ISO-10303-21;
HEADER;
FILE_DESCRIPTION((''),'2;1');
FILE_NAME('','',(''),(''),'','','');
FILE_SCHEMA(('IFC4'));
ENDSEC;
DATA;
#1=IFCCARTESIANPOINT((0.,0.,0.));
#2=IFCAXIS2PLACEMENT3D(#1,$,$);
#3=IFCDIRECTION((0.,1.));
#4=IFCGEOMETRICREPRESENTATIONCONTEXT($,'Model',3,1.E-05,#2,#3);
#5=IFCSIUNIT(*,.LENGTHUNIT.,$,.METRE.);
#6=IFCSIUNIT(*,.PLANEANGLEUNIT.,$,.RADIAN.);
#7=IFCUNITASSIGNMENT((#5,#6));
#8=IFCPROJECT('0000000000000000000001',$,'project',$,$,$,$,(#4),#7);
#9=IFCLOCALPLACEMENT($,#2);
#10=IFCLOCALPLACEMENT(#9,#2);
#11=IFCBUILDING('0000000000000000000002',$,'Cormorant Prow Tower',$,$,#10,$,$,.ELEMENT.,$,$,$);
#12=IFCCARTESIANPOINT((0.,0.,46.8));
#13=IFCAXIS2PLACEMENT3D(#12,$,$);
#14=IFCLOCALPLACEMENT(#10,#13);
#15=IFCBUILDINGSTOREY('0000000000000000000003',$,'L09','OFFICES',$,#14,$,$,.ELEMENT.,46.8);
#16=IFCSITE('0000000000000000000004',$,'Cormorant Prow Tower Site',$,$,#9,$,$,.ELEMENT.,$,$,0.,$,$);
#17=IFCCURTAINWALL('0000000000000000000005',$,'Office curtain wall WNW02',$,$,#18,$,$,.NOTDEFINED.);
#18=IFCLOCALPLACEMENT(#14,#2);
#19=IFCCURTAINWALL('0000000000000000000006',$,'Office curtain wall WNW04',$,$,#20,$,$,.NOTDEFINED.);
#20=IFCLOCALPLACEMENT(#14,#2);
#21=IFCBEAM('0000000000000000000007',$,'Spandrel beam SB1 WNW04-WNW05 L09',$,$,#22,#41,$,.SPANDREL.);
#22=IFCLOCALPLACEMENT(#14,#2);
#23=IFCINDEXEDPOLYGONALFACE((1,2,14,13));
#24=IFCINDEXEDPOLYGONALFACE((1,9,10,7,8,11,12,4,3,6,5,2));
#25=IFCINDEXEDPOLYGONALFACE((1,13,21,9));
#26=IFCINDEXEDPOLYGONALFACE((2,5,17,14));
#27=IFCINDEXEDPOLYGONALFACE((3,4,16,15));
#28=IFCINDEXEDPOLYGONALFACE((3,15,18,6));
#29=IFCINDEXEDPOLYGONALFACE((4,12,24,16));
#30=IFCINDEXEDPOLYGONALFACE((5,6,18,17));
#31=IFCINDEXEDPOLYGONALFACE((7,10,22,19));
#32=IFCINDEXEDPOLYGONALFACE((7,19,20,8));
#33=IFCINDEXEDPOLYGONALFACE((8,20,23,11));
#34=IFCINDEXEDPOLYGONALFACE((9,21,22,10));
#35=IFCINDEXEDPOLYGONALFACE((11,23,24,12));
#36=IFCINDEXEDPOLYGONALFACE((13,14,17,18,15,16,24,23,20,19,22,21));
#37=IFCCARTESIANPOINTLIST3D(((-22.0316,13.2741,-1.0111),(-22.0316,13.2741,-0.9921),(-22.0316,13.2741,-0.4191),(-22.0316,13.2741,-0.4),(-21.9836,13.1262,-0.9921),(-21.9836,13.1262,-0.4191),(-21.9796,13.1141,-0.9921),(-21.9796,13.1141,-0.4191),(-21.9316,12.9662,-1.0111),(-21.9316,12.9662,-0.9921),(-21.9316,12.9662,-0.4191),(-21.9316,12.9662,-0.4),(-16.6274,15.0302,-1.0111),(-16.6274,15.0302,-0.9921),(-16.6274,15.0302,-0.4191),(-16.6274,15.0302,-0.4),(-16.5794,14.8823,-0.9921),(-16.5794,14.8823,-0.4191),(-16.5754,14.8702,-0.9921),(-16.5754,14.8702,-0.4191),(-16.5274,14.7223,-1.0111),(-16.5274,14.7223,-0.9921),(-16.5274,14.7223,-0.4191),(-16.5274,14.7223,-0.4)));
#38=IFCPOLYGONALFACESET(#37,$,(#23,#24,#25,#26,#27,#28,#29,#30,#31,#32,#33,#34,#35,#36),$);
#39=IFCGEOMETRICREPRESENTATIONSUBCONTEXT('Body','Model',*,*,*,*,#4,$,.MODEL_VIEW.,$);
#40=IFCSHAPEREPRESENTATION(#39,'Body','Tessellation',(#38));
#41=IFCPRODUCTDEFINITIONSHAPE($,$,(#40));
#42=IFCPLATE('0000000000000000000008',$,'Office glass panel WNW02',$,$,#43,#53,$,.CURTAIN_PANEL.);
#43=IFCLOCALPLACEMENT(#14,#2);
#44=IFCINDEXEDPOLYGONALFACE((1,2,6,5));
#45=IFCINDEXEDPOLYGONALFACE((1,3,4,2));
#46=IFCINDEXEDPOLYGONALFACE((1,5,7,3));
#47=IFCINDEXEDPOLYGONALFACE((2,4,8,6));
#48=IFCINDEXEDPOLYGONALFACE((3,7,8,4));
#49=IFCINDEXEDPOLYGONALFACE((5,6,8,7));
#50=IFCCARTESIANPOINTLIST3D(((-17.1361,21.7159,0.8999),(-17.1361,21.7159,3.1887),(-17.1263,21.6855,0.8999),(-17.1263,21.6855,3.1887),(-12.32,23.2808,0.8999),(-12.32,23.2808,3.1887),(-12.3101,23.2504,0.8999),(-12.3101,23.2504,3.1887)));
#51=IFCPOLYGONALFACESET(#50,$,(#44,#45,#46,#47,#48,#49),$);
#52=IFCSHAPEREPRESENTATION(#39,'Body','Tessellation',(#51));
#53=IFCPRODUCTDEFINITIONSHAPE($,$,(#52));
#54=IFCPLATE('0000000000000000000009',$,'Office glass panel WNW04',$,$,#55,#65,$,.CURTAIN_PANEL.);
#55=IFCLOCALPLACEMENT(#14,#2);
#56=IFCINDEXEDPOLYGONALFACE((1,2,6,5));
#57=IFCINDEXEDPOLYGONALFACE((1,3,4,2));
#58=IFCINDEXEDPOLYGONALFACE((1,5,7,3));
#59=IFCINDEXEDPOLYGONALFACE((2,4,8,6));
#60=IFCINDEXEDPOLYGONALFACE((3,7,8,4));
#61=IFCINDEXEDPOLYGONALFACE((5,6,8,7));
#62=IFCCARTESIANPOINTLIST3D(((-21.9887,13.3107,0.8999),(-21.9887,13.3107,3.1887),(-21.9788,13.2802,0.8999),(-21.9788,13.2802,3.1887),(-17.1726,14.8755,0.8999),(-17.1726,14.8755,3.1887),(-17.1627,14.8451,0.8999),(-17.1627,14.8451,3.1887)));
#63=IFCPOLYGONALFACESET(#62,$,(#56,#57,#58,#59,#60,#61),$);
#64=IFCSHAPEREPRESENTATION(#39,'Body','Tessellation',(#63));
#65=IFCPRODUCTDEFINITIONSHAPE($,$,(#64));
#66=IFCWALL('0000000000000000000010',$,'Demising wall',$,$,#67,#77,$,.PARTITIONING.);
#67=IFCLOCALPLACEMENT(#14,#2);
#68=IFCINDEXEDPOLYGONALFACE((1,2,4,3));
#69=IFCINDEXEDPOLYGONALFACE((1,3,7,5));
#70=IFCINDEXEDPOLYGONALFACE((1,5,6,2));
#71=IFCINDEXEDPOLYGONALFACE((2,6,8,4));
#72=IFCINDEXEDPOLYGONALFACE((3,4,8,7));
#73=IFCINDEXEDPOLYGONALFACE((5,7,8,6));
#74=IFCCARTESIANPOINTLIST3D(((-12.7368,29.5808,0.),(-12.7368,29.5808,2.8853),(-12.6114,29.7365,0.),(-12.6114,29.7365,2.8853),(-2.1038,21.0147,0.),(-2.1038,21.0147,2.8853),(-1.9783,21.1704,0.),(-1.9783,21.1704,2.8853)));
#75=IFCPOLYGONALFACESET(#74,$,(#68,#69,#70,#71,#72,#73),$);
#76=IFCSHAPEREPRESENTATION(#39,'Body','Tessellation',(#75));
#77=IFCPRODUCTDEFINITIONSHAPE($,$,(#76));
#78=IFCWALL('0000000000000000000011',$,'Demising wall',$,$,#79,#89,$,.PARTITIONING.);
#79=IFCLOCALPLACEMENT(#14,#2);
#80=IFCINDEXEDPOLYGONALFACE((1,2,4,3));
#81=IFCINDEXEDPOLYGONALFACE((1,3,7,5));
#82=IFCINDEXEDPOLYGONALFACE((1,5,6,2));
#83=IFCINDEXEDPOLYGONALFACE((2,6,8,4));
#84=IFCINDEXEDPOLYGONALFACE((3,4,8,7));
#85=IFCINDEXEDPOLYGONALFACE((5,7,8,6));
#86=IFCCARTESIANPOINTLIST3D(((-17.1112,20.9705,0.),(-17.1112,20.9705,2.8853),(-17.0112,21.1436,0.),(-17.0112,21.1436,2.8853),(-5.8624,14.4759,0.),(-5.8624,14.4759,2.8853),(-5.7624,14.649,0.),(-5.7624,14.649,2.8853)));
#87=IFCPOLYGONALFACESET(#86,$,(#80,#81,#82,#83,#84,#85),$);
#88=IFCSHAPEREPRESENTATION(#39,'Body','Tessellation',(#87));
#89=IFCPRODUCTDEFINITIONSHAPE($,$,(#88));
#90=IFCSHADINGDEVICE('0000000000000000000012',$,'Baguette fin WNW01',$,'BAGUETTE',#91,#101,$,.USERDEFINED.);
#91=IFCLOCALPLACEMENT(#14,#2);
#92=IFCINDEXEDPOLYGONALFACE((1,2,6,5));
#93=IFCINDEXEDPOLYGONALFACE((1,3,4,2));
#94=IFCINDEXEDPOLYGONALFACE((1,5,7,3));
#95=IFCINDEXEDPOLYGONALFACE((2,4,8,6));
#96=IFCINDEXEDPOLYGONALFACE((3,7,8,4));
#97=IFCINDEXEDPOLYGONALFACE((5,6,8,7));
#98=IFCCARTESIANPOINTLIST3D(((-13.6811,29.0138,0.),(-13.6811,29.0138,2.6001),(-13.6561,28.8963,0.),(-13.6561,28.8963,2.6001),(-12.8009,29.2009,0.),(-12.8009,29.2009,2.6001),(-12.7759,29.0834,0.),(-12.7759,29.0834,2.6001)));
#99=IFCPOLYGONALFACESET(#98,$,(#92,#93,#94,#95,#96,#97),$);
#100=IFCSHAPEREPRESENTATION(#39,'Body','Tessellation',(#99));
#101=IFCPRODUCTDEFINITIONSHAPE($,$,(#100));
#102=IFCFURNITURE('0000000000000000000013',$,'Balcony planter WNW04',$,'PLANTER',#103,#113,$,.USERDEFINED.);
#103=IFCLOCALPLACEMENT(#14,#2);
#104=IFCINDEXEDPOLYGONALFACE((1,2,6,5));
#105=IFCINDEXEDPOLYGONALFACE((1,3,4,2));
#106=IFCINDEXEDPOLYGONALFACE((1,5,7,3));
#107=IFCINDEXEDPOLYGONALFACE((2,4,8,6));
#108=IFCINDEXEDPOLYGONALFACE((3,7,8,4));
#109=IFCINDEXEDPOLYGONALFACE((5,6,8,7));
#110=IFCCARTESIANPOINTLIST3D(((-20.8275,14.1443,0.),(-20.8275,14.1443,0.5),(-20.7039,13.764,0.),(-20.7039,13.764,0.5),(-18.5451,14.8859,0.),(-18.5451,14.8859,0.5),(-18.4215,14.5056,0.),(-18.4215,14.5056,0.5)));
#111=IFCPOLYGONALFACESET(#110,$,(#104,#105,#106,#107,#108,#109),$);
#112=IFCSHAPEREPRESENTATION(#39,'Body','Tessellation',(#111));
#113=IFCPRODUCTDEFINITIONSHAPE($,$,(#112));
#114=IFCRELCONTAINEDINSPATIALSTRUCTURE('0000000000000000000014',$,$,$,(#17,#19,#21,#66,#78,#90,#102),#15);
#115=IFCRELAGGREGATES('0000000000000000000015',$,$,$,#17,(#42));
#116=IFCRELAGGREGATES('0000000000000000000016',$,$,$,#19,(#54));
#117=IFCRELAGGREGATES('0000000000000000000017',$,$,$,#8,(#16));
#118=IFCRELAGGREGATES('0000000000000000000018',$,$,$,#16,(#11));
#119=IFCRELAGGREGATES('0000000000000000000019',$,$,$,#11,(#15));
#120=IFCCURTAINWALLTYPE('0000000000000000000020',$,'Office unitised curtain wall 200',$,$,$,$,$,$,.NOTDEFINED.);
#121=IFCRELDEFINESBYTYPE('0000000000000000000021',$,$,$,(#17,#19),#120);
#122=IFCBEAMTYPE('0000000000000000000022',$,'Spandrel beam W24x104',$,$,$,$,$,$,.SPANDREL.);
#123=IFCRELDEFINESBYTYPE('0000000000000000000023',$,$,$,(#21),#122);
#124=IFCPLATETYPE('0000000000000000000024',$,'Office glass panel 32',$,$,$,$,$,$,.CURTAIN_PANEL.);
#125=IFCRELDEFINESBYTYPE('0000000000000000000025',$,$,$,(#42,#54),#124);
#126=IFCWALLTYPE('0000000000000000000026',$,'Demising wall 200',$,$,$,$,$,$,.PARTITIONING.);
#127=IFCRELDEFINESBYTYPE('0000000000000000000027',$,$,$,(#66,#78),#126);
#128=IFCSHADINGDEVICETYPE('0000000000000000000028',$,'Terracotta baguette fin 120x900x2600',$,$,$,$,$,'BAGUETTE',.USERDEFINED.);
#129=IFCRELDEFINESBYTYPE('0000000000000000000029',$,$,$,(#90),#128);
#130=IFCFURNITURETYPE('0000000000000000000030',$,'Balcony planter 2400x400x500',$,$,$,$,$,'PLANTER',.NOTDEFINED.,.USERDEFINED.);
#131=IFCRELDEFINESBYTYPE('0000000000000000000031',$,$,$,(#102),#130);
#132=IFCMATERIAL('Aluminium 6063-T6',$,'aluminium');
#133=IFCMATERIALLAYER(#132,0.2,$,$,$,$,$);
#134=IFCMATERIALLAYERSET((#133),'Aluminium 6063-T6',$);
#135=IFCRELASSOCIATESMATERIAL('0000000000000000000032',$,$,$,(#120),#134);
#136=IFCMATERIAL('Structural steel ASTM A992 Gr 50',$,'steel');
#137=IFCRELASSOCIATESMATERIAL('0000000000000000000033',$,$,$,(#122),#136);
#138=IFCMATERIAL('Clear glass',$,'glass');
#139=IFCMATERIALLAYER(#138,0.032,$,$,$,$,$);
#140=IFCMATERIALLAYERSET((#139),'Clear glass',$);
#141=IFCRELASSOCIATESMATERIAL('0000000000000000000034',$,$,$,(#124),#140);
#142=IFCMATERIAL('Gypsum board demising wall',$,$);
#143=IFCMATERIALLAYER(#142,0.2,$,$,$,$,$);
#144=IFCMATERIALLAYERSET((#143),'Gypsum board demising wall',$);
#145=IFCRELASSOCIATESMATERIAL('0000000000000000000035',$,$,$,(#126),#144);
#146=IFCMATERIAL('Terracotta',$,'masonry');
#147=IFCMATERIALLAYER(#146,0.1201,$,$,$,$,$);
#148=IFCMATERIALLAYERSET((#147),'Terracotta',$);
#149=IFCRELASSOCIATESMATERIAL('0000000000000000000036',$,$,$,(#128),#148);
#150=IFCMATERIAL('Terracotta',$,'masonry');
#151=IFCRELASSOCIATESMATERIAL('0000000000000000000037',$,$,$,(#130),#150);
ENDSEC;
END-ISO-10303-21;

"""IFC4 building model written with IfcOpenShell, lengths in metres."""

from ifc_helpers import new_model, si_unit, direction, frame, frame_2d, origin, origin_2d, place, context, subcontext, project, spatial, rectangle, i_section, extrude, material, layer, layer_set, material_profile, profile_set, type_object, element, aggregate, save


model = new_model("IFC4")

# Units and contexts
model_context = context("Model", 3, precision=1e-05, world=origin(), true_north=direction((0.0, 1.0)))
body_context = subcontext(model_context, "Body", "Model", "MODEL_VIEW")
ifc_project = project(units=[si_unit("LENGTHUNIT", "METRE"), si_unit("PLANEANGLEUNIT", "RADIAN")], contexts=[model_context])

# Site, building, storey
site_placement = place(None, origin())
site = spatial("IfcSite", under=ifc_project, at=site_placement, Name="Cormorant Prow Tower Site", CompositionType="ELEMENT", RefElevation=0.0)
building_placement = place(site_placement, origin())
building = spatial("IfcBuilding", under=site, at=building_placement, Name="Cormorant Prow Tower", CompositionType="ELEMENT")
storey_placement = place(building_placement, frame((0.0, 0.0, 46.8)))
storey = spatial("IfcBuildingStorey", under=building, at=storey_placement, Name="L09", Description="OFFICES", CompositionType="ELEMENT", Elevation=46.8)

# Curtain walls
ifc_material_1 = material(Name="Aluminium 6063-T6", Category="aluminium")
ifc_layer_1 = layer(ifc_material_1, 0.2)
ifc_layer_set_1 = layer_set([ifc_layer_1], Name="Aluminium 6063-T6")
curtain_wall_type = type_object("IfcCurtainWallType", Name="Office unitised curtain wall 200", PredefinedType="NOTDEFINED", material=ifc_layer_set_1)
curtain_wall_1_placement = place(storey_placement, origin())
curtain_wall_1 = element("IfcCurtainWall", 1, at=curtain_wall_1_placement, inside=storey, type_object=curtain_wall_type, Name="Office curtain wall WNW02", PredefinedType="NOTDEFINED")
curtain_wall_2_placement = place(storey_placement, origin())
curtain_wall_2 = element("IfcCurtainWall", 2, at=curtain_wall_2_placement, inside=storey, type_object=curtain_wall_type, Name="Office curtain wall WNW04", PredefinedType="NOTDEFINED")

# Beam
ifc_material_2 = material(Name="Structural steel ASTM A992 Gr 50", Category="steel")
ifc_material_profile_1 = material_profile(ifc_material_2, i_section(OverallWidth=0.3237, OverallDepth=0.6111, WebThickness=0.0127, FlangeThickness=0.019, at=origin_2d()), Name="W24x104")
ifc_profile_set_1 = profile_set([ifc_material_profile_1], Name="Structural steel ASTM A992 Gr 50")
beam_type = type_object("IfcBeamType", Name="Spandrel beam W24x104", PredefinedType="SPANDREL", material=ifc_profile_set_1)
beam_1_placement = place(storey_placement, frame((-16.5774, 14.8762, -0.7056), z_axis=(-0.951049, -0.309039, 0.0), x_axis=(0.309039, -0.951049, 0.0)))
element("IfcBeam", 3, at=beam_1_placement, inside=storey, type_object=beam_type, Name="Spandrel beam SB1 WNW04-WNW05 L09", PredefinedType="SPANDREL", context=body_context, shape_type="SweptSolid", body=[
    extrude(i_section(OverallWidth=0.3237, OverallDepth=0.6111, WebThickness=0.0127, FlangeThickness=0.019, at=origin_2d()), origin(), (0.0, 0.0, 1.0), 5.6824),
])

# Plates
ifc_material_3 = material(Name="Clear glass", Category="glass")
ifc_layer_2 = layer(ifc_material_3, 0.032)
ifc_layer_set_2 = layer_set([ifc_layer_2], Name="Clear glass")
plate_type = type_object("IfcPlateType", Name="Office glass panel 32", PredefinedType="CURTAIN_PANEL", material=ifc_layer_set_2)
plate_1_placement = place(storey_placement, frame((-14.7231, 22.4832, 0.8999), z_axis=(0.0, 0.0, 1.0), x_axis=(-0.951057, -0.309017, 0.0)))
plate_1 = element("IfcPlate", 4, at=plate_1_placement, type_object=plate_type, Name="Office glass panel WNW02", PredefinedType="CURTAIN_PANEL", context=body_context, shape_type="SweptSolid", body=[
    extrude(rectangle(XDim=5.064, YDim=0.032, at=origin_2d()), origin(), (0.0, 0.0, 1.0), 2.2888),
])
aggregate(curtain_wall_1, [plate_1])
plate_2_placement = place(storey_placement, frame((-19.5757, 14.0779, 0.8999), z_axis=(0.0, 0.0, 1.0), x_axis=(-0.951057, -0.309017, 0.0)))
plate_2 = element("IfcPlate", 5, at=plate_2_placement, type_object=plate_type, Name="Office glass panel WNW04", PredefinedType="CURTAIN_PANEL", context=body_context, shape_type="SweptSolid", body=[
    extrude(rectangle(XDim=5.064, YDim=0.032, at=origin_2d()), origin(), (0.0, 0.0, 1.0), 2.2888),
])
aggregate(curtain_wall_2, [plate_2])

# Walls
ifc_material_4 = material(Name="Gypsum board demising wall")
ifc_layer_3 = layer(ifc_material_4, 0.2)
ifc_layer_set_3 = layer_set([ifc_layer_3], Name="Gypsum board demising wall")
wall_type_1 = type_object("IfcWallType", Name="Demising wall 200", PredefinedType="PARTITIONING", material=ifc_layer_set_3)
wall_1_placement = place(storey_placement, frame((-12.6741, 29.6587, 0.0), z_axis=(0.0, 0.0, 1.0), x_axis=(0.778731, -0.627358, 0.0)))
element("IfcWall", 6, at=wall_1_placement, inside=storey, type_object=wall_type_1, Name="Demising wall", PredefinedType="PARTITIONING", context=body_context, shape_type="SweptSolid", body=[
    extrude(rectangle(XDim=13.6543, YDim=0.2, at=frame_2d((6.8271, 0.0))), origin(), (0.0, 0.0, 1.0), 2.8853),
])
wall_2_placement = place(storey_placement, frame((-17.0613, 21.0571, 0.0), z_axis=(0.0, 0.0, 1.0), x_axis=(0.866021, -0.500008, 0.0)))
element("IfcWall", 7, at=wall_2_placement, inside=storey, type_object=wall_type_1, Name="Demising wall", PredefinedType="PARTITIONING", context=body_context, shape_type="SweptSolid", body=[
    extrude(rectangle(XDim=12.989, YDim=0.2, at=frame_2d((6.4946, 0.0))), origin(), (0.0, 0.0, 1.0), 2.8853),
])

# Shading device
ifc_material_5 = material(Name="Terracotta", Category="masonry")
ifc_layer_4 = layer(ifc_material_5, 0.1201)
ifc_layer_set_4 = layer_set([ifc_layer_4], Name="Terracotta")
shading_device_type = type_object("IfcShadingDeviceType", Name="Terracotta baguette fin 120x900x2600", ElementType="BAGUETTE", PredefinedType="USERDEFINED", material=ifc_layer_set_4)
shading_device_placement = place(storey_placement, frame((-13.2285, 29.0486, 0.0), z_axis=(0.0, 0.0, 1.0), x_axis=(0.207912, -0.978148, 0.0)))
element("IfcShadingDevice", 8, at=shading_device_placement, inside=storey, type_object=shading_device_type, Name="Baguette fin WNW01", ObjectType="BAGUETTE", PredefinedType="USERDEFINED", context=body_context, shape_type="SweptSolid", body=[
    extrude(rectangle(XDim=0.1201, YDim=0.8999, at=origin_2d()), origin(), (0.0, 0.0, 1.0), 2.6001),
])

# Furniture
ifc_material_6 = material(Name="Terracotta", Category="masonry")
furniture_type = type_object("IfcFurnitureType", Name="Balcony planter 2400x400x500", ElementType="PLANTER", AssemblyPlace="NOTDEFINED", PredefinedType="USERDEFINED", material=ifc_material_6)
furniture_placement = place(storey_placement, frame((-19.6245, 14.325, 0.0), z_axis=(0.0, 0.0, 1.0), x_axis=(-0.951057, -0.309017, 0.0)))
element("IfcFurniture", 9, at=furniture_placement, inside=storey, type_object=furniture_type, Name="Balcony planter WNW04", ObjectType="PLANTER", PredefinedType="USERDEFINED", context=body_context, shape_type="SweptSolid", body=[
    extrude(rectangle(XDim=2.3999, YDim=0.3999, at=origin_2d()), origin(), (0.0, 0.0, 1.0), 0.5),
])

save(model, "model.ifc")
